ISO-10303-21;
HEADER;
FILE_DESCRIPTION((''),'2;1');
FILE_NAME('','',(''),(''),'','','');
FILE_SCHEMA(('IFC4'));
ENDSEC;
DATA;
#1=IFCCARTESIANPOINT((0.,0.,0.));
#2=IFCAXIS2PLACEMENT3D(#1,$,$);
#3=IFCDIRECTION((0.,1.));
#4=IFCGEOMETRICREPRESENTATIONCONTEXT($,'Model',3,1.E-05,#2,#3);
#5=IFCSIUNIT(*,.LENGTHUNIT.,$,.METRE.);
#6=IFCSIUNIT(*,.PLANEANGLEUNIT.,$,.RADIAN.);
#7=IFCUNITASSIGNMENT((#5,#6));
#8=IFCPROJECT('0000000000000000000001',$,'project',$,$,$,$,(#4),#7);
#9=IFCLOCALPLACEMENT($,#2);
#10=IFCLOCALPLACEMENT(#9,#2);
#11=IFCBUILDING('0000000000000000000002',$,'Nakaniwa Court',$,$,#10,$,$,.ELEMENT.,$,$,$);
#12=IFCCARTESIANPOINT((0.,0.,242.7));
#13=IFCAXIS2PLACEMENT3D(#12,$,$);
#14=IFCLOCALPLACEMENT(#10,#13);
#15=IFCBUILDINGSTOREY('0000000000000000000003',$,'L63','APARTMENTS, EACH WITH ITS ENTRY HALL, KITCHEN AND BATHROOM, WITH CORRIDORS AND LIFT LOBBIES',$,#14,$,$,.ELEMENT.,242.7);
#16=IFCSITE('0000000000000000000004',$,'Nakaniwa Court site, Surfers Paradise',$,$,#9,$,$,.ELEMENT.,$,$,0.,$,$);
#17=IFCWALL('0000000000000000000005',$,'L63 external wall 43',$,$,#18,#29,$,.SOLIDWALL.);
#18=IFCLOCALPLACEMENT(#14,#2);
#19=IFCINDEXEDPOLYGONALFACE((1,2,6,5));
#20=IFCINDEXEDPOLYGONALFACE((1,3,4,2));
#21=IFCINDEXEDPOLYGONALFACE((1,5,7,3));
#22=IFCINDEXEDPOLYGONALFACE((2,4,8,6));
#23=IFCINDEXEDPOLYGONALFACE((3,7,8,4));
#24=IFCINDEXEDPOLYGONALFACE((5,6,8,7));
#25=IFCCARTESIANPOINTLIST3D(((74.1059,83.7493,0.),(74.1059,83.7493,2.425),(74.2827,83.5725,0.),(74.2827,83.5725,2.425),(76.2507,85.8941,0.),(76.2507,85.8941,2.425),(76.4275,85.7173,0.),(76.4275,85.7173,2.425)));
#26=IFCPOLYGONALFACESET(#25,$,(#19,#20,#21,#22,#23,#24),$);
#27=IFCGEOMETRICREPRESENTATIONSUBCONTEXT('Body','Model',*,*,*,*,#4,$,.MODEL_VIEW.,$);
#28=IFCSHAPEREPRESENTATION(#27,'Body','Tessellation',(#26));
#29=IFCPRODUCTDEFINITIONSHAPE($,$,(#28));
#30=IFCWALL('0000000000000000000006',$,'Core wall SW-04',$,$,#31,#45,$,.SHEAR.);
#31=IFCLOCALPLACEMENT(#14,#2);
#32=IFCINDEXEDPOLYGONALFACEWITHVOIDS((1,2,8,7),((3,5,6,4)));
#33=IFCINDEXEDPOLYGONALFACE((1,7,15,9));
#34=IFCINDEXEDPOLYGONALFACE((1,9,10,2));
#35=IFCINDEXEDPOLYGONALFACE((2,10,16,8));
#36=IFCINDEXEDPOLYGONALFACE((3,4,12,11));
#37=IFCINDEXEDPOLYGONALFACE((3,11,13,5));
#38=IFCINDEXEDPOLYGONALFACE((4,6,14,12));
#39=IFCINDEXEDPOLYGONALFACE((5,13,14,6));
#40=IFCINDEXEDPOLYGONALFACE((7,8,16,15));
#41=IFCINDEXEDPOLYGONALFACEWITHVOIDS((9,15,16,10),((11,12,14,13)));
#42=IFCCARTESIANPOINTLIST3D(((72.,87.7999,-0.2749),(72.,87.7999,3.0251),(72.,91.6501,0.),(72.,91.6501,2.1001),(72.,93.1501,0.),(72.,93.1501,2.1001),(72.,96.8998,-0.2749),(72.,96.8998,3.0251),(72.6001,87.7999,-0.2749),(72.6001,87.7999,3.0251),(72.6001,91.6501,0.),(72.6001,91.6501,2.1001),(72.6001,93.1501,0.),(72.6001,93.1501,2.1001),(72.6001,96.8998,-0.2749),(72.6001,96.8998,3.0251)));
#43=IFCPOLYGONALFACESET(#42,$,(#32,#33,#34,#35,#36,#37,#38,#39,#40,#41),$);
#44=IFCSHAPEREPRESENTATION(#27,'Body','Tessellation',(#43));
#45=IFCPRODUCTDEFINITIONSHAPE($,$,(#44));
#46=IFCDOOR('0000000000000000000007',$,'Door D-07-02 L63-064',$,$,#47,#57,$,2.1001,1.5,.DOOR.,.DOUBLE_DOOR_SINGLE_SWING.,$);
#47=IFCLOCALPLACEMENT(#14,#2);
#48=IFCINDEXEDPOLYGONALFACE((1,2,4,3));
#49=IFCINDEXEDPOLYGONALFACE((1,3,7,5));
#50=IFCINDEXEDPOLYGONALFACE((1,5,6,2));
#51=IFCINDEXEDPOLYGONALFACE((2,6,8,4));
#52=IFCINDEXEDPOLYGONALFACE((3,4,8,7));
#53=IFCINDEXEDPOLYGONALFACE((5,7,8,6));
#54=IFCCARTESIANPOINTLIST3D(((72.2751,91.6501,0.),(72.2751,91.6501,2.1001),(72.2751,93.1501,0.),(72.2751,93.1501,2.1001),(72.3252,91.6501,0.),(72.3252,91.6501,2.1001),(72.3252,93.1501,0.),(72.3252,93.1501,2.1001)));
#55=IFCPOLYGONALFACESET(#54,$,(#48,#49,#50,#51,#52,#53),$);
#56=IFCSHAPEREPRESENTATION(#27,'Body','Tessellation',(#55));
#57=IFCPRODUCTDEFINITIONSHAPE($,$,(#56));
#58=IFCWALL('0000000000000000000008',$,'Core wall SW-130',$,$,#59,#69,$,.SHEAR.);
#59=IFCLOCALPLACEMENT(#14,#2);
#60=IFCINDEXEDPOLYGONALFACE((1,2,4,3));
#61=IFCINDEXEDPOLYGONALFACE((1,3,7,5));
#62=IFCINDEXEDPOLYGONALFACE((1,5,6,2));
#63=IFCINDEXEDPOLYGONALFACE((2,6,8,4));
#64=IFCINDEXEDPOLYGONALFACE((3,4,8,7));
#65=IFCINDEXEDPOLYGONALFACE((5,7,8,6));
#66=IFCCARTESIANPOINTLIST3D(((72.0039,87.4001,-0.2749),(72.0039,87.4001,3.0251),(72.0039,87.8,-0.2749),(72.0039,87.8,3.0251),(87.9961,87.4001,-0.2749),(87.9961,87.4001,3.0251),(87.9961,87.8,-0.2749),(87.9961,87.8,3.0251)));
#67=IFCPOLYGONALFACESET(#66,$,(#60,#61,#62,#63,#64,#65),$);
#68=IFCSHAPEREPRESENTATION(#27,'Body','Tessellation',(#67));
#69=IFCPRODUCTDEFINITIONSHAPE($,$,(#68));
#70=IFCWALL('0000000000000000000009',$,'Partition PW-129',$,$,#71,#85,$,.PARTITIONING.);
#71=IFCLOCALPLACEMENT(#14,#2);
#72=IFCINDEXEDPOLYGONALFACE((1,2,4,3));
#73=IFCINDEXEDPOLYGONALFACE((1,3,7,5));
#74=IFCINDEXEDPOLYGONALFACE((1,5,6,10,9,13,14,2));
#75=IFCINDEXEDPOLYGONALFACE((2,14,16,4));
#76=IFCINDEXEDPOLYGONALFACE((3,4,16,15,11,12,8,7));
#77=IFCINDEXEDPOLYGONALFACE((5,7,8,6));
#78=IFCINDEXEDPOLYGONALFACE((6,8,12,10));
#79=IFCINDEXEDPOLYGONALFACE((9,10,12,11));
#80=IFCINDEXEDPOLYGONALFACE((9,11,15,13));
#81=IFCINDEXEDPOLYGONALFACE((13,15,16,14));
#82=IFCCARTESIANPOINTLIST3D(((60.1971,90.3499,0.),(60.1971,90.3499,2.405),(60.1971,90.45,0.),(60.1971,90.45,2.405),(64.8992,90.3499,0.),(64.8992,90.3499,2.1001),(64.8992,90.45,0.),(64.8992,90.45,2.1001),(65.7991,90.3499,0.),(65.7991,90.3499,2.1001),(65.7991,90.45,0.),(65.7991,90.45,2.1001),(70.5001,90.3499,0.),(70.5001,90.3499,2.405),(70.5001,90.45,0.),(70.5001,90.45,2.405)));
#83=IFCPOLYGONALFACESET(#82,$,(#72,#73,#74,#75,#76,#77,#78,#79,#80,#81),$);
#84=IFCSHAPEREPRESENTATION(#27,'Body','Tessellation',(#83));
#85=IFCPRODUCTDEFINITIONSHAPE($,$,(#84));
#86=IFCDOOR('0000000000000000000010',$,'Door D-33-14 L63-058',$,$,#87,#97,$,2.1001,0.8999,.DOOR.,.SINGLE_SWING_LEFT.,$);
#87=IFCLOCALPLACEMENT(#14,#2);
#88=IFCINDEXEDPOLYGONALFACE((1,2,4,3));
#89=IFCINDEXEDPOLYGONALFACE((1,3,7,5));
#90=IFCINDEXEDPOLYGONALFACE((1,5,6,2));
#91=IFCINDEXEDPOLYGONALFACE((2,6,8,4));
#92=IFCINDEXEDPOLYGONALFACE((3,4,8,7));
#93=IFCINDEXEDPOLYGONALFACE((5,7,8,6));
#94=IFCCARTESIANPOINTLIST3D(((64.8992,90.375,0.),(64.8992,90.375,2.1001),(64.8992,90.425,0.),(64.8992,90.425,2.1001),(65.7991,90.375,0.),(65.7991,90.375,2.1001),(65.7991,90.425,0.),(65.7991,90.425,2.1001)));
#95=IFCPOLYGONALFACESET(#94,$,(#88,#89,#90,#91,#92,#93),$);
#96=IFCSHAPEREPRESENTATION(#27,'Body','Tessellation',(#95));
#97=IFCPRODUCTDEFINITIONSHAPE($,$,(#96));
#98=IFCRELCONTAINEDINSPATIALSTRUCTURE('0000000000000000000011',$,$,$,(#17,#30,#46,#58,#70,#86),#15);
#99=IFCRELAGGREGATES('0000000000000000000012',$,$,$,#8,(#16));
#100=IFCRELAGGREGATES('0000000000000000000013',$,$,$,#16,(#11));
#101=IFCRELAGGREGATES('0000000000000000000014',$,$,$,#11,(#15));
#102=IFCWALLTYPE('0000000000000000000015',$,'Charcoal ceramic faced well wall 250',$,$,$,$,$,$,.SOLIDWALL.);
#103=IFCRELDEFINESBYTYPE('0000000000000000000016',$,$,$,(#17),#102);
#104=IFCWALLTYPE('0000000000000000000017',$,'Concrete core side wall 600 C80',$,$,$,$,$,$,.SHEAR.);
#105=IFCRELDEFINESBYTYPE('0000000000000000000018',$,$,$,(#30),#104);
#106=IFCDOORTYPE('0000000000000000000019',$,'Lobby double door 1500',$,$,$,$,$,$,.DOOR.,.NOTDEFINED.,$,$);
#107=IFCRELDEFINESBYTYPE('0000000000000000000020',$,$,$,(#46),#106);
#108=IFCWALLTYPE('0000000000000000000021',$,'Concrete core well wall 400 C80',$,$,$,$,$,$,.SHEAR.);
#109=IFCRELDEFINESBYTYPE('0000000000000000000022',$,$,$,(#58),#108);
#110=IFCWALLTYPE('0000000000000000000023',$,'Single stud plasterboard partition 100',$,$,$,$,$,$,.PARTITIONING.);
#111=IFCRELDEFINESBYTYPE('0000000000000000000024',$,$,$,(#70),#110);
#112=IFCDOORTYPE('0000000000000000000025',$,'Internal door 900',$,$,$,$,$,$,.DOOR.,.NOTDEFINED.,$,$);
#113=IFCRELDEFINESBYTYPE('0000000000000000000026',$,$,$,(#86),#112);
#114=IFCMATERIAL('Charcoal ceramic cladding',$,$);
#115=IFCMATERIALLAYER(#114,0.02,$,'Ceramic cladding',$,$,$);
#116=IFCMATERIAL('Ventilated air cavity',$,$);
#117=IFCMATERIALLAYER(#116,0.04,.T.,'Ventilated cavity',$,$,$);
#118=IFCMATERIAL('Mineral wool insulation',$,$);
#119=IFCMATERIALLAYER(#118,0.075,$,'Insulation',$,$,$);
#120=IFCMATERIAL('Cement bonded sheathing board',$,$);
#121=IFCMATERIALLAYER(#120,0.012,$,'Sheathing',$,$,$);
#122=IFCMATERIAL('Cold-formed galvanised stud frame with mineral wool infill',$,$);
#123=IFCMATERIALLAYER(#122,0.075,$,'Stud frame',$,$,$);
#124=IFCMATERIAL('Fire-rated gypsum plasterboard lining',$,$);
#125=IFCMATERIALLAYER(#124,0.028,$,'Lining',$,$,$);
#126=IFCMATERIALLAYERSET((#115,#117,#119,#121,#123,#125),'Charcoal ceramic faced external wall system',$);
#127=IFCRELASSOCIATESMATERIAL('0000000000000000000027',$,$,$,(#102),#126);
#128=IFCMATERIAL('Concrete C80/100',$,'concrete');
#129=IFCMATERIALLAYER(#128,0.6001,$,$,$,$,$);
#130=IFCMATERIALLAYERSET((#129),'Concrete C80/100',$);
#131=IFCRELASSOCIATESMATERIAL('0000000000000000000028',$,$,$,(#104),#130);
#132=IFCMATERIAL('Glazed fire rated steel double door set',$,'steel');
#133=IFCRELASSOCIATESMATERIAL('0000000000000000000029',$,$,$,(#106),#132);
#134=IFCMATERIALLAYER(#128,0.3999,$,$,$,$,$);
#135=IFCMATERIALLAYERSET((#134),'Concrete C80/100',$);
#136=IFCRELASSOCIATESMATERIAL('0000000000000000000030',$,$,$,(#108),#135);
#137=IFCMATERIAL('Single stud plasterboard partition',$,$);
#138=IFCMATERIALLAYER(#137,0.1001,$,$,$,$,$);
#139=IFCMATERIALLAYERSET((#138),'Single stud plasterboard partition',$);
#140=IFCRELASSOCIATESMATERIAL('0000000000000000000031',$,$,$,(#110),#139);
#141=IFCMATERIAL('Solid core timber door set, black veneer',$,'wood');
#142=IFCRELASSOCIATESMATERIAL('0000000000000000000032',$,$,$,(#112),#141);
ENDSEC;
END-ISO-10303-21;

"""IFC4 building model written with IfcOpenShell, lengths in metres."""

from ifc_helpers import new_model, si_unit, direction, frame, frame_2d, origin, place, context, subcontext, project, spatial, rectangle, extrude, material, layer, layer_set, type_object, element, fill, save


model = new_model("IFC4")

# Units and contexts
model_context = context("Model", 3, precision=1e-05, world=origin(), true_north=direction((0.0, 1.0)))
body_context = subcontext(model_context, "Body", "Model", "MODEL_VIEW")
ifc_project = project(units=[si_unit("LENGTHUNIT", "METRE"), si_unit("PLANEANGLEUNIT", "RADIAN")], contexts=[model_context])

# Site, building, storey
site_placement = place(None, origin())
site = spatial("IfcSite", under=ifc_project, at=site_placement, Name="Nakaniwa Court site, Surfers Paradise", CompositionType="ELEMENT", RefElevation=0.0)
building_placement = place(site_placement, origin())
building = spatial("IfcBuilding", under=site, at=building_placement, Name="Nakaniwa Court", CompositionType="ELEMENT")
storey_placement = place(building_placement, frame((0.0, 0.0, 242.7)))
storey = spatial("IfcBuildingStorey", under=building, at=storey_placement, Name="L63", Description="APARTMENTS, EACH WITH ITS ENTRY HALL, KITCHEN AND BATHROOM, WITH CORRIDORS AND LIFT LOBBIES", CompositionType="ELEMENT", Elevation=242.7)

# Shared definitions
ifc_material_1 = material(Name="Concrete C80/100", Category="concrete")

# Shared definitions
ifc_material_2 = material(Name="Solid core timber door set, black veneer", Category="wood")

# Wall
ifc_material_3 = material(Name="Charcoal ceramic cladding")
ifc_layer_1 = layer(ifc_material_3, 0.02, Name="Ceramic cladding")
ifc_material_4 = material(Name="Ventilated air cavity")
ifc_layer_2 = layer(ifc_material_4, 0.04, ventilated=True, Name="Ventilated cavity")
ifc_material_5 = material(Name="Mineral wool insulation")
ifc_layer_3 = layer(ifc_material_5, 0.075, Name="Insulation")
ifc_material_6 = material(Name="Cement bonded sheathing board")
ifc_layer_4 = layer(ifc_material_6, 0.012, Name="Sheathing")
ifc_material_7 = material(Name="Cold-formed galvanised stud frame with mineral wool infill")
ifc_layer_5 = layer(ifc_material_7, 0.075, Name="Stud frame")
ifc_material_8 = material(Name="Fire-rated gypsum plasterboard lining")
ifc_layer_6 = layer(ifc_material_8, 0.028, Name="Lining")
ifc_layer_set_1 = layer_set([ifc_layer_1, ifc_layer_2, ifc_layer_3, ifc_layer_4, ifc_layer_5, ifc_layer_6], Name="Charcoal ceramic faced external wall system")
wall_type_1 = type_object("IfcWallType", Name="Charcoal ceramic faced well wall 250", PredefinedType="SOLIDWALL", material=ifc_layer_set_1)
wall_1_placement = place(storey_placement, frame((74.1943, 83.6609, 0.0), z_axis=(0.0, 0.0, 1.0), x_axis=(0.707107, 0.707107, 0.0)))
element("IfcWall", 1, at=wall_1_placement, inside=storey, type_object=wall_type_1, Name="L63 external wall 43", PredefinedType="SOLIDWALL", context=body_context, shape_type="SweptSolid", body=[
    extrude(rectangle(XDim=3.0332, YDim=0.25, at=frame_2d((1.5166, 0.0))), origin(), (0.0, 0.0, 1.0), 2.425),
])

# Wall, opening, door
ifc_layer_7 = layer(ifc_material_1, 0.6001)
ifc_layer_set_2 = layer_set([ifc_layer_7], Name="Concrete C80/100")
wall_type_2 = type_object("IfcWallType", Name="Concrete core side wall 600 C80", PredefinedType="SHEAR", material=ifc_layer_set_2)
wall_2_placement = place(storey_placement, frame((72.3, 87.8, -0.2749), z_axis=(0.0, 0.0, 1.0), x_axis=(0.0, 1.0, 0.0)))
wall_2 = element("IfcWall", 2, at=wall_2_placement, inside=storey, type_object=wall_type_2, Name="Core wall SW-04", PredefinedType="SHEAR", context=body_context, shape_type="SweptSolid", body=[
    extrude(rectangle(XDim=9.0999, YDim=0.6001, at=frame_2d((4.5498, 0.0))), origin(), (0.0, 0.0, 1.0), 3.3),
])
opening_1_placement = place(wall_2_placement, frame((3.8501, 0.0, 0.2749)))
opening_1 = element("IfcOpeningElement", 3, at=opening_1_placement, cuts=wall_2, PredefinedType="OPENING", context=body_context, shape_type="SweptSolid", body=[
    extrude(rectangle(XDim=1.5, YDim=2.1001, at=frame_2d((0.75, 1.05))), frame((0.0, 0.3101, 0.0), z_axis=(0.0, -1.0, 0.0), x_axis=(1.0, 0.0, 0.0)), (0.0, 0.0, 1.0), 0.6201),
])
ifc_material_9 = material(Name="Glazed fire rated steel double door set", Category="steel")
door_type_1 = type_object("IfcDoorType", Name="Lobby double door 1500", OperationType="NOTDEFINED", PredefinedType="DOOR", material=ifc_material_9)
door_1_placement = place(opening_1_placement, origin())
door_1 = element("IfcDoor", 4, at=door_1_placement, inside=storey, type_object=door_type_1, Name="Door D-07-02 L63-064", OperationType="DOUBLE_DOOR_SINGLE_SWING", OverallHeight=2.1001, OverallWidth=1.5, PredefinedType="DOOR", context=body_context, shape_type="SweptSolid", body=[
    extrude(rectangle(XDim=1.5, YDim=2.1001, at=frame_2d((0.75, 1.05))), frame((0.0, 0.0249, 0.0), z_axis=(0.0, -1.0, 0.0), x_axis=(1.0, 0.0, 0.0)), (0.0, 0.0, 1.0), 0.05),
])
fill(opening_1, door_1)

# Wall
ifc_layer_8 = layer(ifc_material_1, 0.3999)
ifc_layer_set_3 = layer_set([ifc_layer_8], Name="Concrete C80/100")
wall_type_3 = type_object("IfcWallType", Name="Concrete core well wall 400 C80", PredefinedType="SHEAR", material=ifc_layer_set_3)
wall_3_placement = place(storey_placement, frame((72.0039, 87.6001, -0.2749), z_axis=(0.0, 0.0, 1.0), x_axis=(1.0, 0.0, 0.0)))
element("IfcWall", 5, at=wall_3_placement, inside=storey, type_object=wall_type_3, Name="Core wall SW-130", PredefinedType="SHEAR", context=body_context, shape_type="SweptSolid", body=[
    extrude(rectangle(XDim=15.9922, YDim=0.3999, at=frame_2d((7.9961, 0.0))), origin(), (0.0, 0.0, 1.0), 3.3),
])

# Wall, opening, door
ifc_material_10 = material(Name="Single stud plasterboard partition")
ifc_layer_9 = layer(ifc_material_10, 0.1001)
ifc_layer_set_4 = layer_set([ifc_layer_9], Name="Single stud plasterboard partition")
wall_type_4 = type_object("IfcWallType", Name="Single stud plasterboard partition 100", PredefinedType="PARTITIONING", material=ifc_layer_set_4)
wall_4_placement = place(storey_placement, frame((70.5, 90.3999, 0.0), z_axis=(0.0, 0.0, 1.0), x_axis=(-1.0, 0.0, 0.0)))
wall_4 = element("IfcWall", 6, at=wall_4_placement, inside=storey, type_object=wall_type_4, Name="Partition PW-129", PredefinedType="PARTITIONING", context=body_context, shape_type="SweptSolid", body=[
    extrude(rectangle(XDim=10.303, YDim=0.1001, at=frame_2d((5.1514, 0.0))), origin(), (0.0, 0.0, 1.0), 2.405),
])
opening_2_placement = place(wall_4_placement, frame((4.7009, 0.0, 0.0)))
opening_2 = element("IfcOpeningElement", 7, at=opening_2_placement, cuts=wall_4, PredefinedType="OPENING", context=body_context, shape_type="SweptSolid", body=[
    extrude(rectangle(XDim=0.8999, YDim=2.1001, at=frame_2d((0.45, 1.05))), frame((0.0, 0.0601, 0.0), z_axis=(0.0, -1.0, 0.0), x_axis=(1.0, 0.0, 0.0)), (0.0, 0.0, 1.0), 0.1201),
])
door_type_2 = type_object("IfcDoorType", Name="Internal door 900", OperationType="NOTDEFINED", PredefinedType="DOOR", material=ifc_material_2)
door_2_placement = place(opening_2_placement, origin())
door_2 = element("IfcDoor", 8, at=door_2_placement, inside=storey, type_object=door_type_2, Name="Door D-33-14 L63-058", OperationType="SINGLE_SWING_LEFT", OverallHeight=2.1001, OverallWidth=0.8999, PredefinedType="DOOR", context=body_context, shape_type="SweptSolid", body=[
    extrude(rectangle(XDim=0.8999, YDim=2.1001, at=frame_2d((0.45, 1.05))), frame((0.0, 0.0249, 0.0), z_axis=(0.0, -1.0, 0.0), x_axis=(1.0, 0.0, 0.0)), (0.0, 0.0, 1.0), 0.05),
])
fill(opening_2, door_2)

save(model, "model.ifc")
